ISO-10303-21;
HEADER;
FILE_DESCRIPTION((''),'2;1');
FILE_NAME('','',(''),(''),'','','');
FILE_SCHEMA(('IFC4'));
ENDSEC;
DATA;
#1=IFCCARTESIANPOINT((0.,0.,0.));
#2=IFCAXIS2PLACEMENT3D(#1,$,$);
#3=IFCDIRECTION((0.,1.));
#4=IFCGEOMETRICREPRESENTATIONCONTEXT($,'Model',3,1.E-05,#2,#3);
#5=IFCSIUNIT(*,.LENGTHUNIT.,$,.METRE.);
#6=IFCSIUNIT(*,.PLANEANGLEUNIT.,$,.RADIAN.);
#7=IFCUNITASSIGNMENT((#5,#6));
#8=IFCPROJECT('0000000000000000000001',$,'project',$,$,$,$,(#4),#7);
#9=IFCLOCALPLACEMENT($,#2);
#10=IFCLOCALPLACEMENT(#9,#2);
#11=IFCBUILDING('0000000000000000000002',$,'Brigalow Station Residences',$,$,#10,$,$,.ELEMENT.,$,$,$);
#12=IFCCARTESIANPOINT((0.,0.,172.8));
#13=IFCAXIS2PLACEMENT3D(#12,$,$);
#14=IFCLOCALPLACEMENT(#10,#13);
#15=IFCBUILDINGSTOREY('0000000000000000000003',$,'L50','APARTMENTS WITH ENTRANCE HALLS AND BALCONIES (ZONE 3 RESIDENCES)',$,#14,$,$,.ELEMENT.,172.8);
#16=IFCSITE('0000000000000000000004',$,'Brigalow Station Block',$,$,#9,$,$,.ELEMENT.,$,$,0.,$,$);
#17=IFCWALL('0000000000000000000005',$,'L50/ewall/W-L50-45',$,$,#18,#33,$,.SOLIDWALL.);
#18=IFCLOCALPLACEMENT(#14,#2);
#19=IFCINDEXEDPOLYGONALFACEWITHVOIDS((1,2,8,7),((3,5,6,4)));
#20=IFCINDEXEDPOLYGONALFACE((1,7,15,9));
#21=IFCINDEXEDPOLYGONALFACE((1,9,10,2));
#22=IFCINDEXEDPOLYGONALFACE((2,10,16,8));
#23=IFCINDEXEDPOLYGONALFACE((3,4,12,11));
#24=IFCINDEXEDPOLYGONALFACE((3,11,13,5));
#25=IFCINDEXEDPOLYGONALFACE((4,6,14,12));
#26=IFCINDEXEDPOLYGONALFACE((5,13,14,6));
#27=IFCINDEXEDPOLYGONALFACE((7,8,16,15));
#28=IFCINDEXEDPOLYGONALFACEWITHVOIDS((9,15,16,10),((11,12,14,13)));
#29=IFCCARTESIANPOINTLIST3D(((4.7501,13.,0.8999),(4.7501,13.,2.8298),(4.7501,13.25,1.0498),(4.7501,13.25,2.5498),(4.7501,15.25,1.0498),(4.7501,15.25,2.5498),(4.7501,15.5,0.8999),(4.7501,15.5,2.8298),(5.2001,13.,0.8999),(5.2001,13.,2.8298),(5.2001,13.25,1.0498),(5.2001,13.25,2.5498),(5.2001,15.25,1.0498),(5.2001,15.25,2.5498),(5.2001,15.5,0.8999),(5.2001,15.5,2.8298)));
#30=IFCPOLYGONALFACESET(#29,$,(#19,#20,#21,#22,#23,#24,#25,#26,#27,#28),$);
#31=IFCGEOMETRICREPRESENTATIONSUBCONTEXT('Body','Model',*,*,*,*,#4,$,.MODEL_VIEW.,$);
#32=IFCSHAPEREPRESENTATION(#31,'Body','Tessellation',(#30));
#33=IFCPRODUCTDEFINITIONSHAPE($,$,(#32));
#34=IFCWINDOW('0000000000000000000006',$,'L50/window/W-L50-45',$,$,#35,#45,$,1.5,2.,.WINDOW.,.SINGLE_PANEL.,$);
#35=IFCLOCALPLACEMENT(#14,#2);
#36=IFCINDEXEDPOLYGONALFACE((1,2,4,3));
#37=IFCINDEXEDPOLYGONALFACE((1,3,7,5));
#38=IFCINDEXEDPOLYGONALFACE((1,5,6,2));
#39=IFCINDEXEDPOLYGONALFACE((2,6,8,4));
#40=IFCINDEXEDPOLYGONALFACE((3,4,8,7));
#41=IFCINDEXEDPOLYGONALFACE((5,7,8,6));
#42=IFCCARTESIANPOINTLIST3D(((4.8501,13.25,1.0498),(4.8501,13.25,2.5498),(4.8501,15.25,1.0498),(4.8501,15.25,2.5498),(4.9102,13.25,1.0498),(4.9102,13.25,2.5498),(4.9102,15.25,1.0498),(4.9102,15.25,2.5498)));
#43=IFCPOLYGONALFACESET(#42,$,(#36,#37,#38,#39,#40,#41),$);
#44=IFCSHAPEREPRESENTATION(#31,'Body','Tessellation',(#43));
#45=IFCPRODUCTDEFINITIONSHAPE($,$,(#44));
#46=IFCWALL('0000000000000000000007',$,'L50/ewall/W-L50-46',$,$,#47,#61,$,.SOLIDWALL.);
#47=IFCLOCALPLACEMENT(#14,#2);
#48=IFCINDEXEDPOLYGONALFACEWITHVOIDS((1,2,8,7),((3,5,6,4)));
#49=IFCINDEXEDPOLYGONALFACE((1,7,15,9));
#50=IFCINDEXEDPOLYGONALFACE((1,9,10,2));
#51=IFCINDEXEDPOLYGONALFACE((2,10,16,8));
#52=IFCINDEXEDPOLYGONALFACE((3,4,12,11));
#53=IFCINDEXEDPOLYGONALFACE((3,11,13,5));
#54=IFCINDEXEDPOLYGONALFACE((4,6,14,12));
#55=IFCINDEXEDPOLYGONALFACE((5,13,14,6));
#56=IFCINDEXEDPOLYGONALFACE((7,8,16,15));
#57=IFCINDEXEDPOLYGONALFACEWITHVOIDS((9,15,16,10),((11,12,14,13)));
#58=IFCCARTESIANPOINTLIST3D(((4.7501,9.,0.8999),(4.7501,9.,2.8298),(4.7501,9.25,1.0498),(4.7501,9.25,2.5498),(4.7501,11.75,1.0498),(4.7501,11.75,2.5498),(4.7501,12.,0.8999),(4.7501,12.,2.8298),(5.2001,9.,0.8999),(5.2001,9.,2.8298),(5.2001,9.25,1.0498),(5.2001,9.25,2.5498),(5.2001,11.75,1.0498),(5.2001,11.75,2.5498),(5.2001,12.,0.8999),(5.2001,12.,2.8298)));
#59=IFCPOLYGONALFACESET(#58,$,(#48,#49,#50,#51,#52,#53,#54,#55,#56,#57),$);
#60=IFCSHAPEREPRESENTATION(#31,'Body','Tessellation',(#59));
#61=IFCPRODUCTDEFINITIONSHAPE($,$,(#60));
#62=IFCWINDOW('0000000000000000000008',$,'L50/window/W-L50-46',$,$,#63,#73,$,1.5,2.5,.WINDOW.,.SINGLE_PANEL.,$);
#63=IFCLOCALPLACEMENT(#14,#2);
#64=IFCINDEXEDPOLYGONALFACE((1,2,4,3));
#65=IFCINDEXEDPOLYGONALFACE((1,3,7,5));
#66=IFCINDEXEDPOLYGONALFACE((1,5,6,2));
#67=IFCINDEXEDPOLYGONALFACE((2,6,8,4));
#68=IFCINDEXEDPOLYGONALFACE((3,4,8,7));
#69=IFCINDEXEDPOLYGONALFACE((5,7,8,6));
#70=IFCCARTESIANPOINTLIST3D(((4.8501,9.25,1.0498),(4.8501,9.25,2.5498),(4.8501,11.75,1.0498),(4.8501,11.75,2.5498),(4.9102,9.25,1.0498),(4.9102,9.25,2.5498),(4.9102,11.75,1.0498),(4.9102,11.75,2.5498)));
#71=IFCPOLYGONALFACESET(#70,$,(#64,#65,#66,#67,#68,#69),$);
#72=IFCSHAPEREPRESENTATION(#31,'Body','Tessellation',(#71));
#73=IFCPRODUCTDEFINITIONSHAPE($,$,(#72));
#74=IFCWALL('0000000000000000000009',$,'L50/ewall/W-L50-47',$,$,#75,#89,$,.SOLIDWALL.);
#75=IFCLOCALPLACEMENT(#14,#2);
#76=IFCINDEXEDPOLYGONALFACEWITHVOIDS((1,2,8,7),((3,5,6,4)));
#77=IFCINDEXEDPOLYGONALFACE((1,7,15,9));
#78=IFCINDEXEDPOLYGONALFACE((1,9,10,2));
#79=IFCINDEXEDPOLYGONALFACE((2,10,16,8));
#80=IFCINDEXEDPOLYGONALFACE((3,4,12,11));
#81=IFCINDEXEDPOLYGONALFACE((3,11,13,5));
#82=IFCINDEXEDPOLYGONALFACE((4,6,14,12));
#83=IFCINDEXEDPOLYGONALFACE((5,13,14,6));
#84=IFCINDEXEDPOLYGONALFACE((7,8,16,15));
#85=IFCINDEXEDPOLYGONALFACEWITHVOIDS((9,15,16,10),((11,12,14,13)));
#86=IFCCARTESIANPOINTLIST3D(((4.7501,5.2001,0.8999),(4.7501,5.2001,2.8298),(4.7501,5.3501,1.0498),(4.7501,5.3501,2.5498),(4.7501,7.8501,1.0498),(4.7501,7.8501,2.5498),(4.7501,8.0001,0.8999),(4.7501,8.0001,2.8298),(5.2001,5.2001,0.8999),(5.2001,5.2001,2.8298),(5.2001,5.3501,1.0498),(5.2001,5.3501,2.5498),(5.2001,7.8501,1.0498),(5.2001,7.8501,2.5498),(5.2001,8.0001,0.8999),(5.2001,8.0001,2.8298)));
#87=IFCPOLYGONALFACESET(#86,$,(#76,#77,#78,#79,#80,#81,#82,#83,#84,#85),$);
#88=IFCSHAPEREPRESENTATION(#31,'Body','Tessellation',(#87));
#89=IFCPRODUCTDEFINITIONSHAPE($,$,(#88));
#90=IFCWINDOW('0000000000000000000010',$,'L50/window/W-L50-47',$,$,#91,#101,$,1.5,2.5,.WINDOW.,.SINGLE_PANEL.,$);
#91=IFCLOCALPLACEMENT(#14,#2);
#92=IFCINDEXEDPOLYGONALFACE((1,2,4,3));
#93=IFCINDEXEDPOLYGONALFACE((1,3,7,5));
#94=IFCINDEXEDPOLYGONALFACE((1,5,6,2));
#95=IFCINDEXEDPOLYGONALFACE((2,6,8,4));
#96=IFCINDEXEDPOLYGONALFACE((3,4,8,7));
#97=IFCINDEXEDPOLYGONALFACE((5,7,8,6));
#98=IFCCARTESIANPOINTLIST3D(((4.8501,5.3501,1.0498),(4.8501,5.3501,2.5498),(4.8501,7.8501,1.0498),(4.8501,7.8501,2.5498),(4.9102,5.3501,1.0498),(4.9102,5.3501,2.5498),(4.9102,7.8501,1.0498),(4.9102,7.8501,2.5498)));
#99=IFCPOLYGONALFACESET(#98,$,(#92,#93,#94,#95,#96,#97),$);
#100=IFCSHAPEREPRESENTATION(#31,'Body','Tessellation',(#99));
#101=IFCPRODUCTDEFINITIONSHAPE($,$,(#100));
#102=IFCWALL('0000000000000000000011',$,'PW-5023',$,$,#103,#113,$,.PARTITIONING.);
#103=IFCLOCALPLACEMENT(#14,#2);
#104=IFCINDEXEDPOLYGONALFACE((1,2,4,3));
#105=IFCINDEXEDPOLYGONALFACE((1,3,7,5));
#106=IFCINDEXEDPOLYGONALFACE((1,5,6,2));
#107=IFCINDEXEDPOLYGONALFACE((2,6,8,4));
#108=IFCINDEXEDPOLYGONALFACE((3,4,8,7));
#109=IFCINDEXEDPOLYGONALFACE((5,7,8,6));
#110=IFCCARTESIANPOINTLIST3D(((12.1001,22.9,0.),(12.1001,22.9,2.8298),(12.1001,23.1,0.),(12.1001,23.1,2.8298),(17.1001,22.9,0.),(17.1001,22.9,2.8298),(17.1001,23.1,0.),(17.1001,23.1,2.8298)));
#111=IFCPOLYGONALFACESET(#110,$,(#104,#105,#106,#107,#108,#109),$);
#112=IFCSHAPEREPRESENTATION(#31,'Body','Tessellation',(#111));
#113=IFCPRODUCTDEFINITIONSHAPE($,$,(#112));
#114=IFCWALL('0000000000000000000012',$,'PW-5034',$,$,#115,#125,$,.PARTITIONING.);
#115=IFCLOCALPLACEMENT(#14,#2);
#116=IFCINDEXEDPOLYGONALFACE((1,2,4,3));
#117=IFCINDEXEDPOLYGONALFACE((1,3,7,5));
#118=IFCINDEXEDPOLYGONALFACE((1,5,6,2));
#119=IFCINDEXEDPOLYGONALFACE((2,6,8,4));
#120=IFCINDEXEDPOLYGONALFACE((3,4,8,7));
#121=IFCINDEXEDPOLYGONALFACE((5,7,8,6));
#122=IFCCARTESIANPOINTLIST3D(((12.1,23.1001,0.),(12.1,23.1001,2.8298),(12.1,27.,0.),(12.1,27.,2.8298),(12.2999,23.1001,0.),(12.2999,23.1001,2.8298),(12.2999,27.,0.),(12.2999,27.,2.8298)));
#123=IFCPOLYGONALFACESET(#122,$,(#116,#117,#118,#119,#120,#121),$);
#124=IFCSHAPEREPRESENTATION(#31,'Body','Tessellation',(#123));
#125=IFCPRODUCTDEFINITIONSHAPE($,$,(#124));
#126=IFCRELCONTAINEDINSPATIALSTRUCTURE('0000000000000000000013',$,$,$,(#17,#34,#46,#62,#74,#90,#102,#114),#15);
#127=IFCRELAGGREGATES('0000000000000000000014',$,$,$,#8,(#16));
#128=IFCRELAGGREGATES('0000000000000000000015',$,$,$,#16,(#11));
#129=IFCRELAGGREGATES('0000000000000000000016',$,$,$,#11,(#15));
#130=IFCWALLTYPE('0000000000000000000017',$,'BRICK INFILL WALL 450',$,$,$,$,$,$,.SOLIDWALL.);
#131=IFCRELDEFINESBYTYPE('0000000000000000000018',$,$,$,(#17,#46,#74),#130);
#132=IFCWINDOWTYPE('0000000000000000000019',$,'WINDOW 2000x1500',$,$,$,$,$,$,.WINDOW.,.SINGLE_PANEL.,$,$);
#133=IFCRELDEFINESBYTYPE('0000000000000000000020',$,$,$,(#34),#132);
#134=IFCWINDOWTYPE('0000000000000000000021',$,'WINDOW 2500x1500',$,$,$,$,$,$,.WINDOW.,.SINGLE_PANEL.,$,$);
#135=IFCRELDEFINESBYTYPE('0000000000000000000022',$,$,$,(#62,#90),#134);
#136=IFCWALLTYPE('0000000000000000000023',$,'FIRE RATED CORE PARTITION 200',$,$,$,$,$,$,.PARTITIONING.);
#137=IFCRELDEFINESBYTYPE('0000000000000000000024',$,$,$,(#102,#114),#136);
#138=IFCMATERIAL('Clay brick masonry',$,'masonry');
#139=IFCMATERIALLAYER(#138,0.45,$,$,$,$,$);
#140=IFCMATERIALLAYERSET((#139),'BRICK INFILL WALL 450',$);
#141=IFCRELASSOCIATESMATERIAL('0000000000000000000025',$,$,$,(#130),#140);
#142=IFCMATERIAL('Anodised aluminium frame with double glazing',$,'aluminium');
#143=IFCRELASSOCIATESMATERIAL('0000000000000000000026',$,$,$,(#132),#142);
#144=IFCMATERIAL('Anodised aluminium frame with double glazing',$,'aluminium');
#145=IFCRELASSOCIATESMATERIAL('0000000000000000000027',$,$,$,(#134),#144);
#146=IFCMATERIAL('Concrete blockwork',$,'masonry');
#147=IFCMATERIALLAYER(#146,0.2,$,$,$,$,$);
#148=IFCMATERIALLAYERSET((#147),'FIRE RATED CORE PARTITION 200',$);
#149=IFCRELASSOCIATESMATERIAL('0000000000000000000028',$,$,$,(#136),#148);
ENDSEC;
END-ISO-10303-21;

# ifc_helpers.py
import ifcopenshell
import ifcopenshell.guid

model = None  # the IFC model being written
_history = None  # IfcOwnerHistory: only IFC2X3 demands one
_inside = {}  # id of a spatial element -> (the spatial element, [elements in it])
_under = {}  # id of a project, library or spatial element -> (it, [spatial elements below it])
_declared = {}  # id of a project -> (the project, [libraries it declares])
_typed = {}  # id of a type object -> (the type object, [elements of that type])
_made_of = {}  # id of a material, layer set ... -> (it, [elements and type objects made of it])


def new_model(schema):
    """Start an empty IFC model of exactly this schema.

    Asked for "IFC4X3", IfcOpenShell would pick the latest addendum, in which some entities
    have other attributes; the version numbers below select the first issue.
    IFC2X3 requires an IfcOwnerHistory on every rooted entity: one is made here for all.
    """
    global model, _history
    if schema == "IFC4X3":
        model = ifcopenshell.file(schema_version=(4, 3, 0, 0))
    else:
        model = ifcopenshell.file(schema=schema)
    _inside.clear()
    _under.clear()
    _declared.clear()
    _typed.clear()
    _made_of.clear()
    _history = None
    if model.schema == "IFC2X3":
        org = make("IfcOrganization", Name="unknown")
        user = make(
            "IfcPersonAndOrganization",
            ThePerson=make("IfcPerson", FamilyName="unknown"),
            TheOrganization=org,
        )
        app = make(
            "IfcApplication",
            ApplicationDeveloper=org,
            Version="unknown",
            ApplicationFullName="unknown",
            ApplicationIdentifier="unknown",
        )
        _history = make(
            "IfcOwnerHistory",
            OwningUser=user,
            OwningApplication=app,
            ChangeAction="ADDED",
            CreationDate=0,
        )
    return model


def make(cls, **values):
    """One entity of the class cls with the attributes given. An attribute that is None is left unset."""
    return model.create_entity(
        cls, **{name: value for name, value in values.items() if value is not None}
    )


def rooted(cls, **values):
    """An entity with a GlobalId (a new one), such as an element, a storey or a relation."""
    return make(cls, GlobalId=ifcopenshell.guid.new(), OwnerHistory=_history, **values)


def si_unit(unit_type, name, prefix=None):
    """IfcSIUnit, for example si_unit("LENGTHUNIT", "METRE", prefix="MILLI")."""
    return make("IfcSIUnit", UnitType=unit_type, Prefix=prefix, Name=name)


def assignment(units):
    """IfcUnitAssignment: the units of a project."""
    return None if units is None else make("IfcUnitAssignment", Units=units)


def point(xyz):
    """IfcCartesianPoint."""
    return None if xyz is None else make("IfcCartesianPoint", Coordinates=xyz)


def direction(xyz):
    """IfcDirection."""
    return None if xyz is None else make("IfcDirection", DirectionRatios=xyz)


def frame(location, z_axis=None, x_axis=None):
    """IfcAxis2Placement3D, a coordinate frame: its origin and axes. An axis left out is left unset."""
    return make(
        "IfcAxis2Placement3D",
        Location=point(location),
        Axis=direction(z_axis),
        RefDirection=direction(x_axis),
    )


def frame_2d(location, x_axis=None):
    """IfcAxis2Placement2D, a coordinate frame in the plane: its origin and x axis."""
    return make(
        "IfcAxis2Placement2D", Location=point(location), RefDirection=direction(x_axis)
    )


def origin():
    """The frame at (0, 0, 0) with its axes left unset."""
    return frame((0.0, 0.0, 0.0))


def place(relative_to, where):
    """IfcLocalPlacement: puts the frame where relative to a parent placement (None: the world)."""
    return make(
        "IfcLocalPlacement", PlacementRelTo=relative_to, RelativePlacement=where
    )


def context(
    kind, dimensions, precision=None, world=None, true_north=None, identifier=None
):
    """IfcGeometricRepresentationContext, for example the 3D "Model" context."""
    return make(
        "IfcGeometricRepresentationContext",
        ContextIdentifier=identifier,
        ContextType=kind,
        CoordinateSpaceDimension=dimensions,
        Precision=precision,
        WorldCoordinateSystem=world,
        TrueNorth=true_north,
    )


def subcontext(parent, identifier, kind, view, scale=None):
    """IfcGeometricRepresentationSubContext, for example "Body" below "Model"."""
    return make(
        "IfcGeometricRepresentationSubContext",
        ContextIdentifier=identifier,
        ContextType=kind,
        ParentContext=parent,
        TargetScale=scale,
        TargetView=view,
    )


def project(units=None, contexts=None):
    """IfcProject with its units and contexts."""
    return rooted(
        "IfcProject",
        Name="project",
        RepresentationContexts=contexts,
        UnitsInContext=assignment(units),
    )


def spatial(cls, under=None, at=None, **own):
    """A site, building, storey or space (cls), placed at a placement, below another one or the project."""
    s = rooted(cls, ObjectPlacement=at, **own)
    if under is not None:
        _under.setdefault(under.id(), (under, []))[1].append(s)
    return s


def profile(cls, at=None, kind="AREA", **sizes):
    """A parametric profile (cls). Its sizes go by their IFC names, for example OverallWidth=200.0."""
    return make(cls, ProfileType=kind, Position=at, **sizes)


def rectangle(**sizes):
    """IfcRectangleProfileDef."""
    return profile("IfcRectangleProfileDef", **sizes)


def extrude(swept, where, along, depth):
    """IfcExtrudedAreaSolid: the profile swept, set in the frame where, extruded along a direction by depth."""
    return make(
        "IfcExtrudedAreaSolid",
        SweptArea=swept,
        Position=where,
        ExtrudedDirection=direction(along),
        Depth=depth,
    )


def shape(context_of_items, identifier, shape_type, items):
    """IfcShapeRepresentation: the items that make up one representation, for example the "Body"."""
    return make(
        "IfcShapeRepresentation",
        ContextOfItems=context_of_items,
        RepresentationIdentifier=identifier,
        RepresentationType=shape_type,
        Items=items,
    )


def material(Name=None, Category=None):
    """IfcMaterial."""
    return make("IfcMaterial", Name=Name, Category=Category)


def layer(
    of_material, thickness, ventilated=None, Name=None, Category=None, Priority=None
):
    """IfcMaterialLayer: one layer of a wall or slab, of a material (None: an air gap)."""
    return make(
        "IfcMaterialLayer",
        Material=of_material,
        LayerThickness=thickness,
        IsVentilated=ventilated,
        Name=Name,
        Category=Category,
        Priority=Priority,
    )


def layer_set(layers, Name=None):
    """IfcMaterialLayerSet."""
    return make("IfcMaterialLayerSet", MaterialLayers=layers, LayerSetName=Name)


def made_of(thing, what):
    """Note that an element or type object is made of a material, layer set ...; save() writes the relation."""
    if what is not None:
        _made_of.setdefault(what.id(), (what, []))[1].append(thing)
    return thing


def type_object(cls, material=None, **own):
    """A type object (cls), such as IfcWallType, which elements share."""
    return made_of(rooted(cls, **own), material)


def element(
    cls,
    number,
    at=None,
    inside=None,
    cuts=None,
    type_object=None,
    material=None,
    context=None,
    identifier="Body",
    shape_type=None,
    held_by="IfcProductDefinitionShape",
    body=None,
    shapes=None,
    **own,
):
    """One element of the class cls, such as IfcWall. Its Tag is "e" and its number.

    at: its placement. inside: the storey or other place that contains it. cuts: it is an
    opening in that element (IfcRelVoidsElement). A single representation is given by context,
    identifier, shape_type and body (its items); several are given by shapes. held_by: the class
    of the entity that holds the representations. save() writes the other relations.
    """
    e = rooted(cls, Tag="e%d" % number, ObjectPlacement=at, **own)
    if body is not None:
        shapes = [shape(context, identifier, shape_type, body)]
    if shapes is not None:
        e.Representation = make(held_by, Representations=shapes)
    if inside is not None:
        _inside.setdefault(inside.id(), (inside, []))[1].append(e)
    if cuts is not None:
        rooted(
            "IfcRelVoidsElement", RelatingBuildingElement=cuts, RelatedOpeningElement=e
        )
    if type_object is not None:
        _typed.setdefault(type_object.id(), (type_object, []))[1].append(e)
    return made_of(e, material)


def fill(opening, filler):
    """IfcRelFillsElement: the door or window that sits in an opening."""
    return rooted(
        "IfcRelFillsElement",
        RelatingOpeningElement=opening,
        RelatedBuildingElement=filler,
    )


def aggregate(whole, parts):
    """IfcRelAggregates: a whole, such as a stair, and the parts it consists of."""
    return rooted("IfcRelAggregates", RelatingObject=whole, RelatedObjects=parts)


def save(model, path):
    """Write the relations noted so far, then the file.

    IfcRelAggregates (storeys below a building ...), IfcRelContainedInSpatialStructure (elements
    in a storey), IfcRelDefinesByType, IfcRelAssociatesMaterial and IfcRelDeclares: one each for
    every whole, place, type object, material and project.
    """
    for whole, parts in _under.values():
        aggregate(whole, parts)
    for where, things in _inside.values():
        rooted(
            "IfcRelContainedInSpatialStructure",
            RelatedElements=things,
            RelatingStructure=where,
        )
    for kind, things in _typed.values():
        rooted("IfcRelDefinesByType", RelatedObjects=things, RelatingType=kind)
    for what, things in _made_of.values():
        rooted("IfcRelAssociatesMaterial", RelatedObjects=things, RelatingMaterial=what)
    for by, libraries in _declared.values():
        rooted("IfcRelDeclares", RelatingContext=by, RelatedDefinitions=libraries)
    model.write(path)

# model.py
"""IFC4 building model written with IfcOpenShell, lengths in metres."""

from ifc_helpers import new_model, si_unit, direction, frame, frame_2d, origin, place, context, subcontext, project, spatial, rectangle, extrude, material, layer, layer_set, type_object, element, fill, save


model = new_model("IFC4")

# Units and contexts
model_context = context("Model", 3, precision=1e-05, world=origin(), true_north=direction((0.0, 1.0)))
body_context = subcontext(model_context, "Body", "Model", "MODEL_VIEW")
ifc_project = project(units=[si_unit("LENGTHUNIT", "METRE"), si_unit("PLANEANGLEUNIT", "RADIAN")], contexts=[model_context])

# Site, building, storey
site_placement = place(None, origin())
site = spatial("IfcSite", under=ifc_project, at=site_placement, Name="Brigalow Station Block", CompositionType="ELEMENT", RefElevation=0.0)
building_placement = place(site_placement, origin())
building = spatial("IfcBuilding", under=site, at=building_placement, Name="Brigalow Station Residences", CompositionType="ELEMENT")
storey_placement = place(building_placement, frame((0.0, 0.0, 172.8)))
storey = spatial("IfcBuildingStorey", under=building, at=storey_placement, Name="L50", Description="APARTMENTS WITH ENTRANCE HALLS AND BALCONIES (ZONE 3 RESIDENCES)", CompositionType="ELEMENT", Elevation=172.8)

# Shared definitions
ifc_material_1 = material(Name="Clay brick masonry", Category="masonry")
ifc_layer_1 = layer(ifc_material_1, 0.45)
ifc_layer_set_1 = layer_set([ifc_layer_1], Name="BRICK INFILL WALL 450")
wall_type_1 = type_object("IfcWallType", Name="BRICK INFILL WALL 450", PredefinedType="SOLIDWALL", material=ifc_layer_set_1)

# Walls, openings, windows
wall_1_placement = place(storey_placement, frame((4.9751, 15.5, 0.8999), z_axis=(0.0, 0.0, 1.0), x_axis=(0.0, -1.0, 0.0)))
wall_1 = element("IfcWall", 1, at=wall_1_placement, inside=storey, type_object=wall_type_1, Name="L50/ewall/W-L50-45", PredefinedType="SOLIDWALL", context=body_context, shape_type="SweptSolid", body=[
    extrude(rectangle(XDim=2.5, YDim=0.45, at=frame_2d((1.25, 0.0))), origin(), (0.0, 0.0, 1.0), 1.9299),
])
opening_1_placement = place(wall_1_placement, frame((0.25, 0.0, 0.1499)))
opening_1 = element("IfcOpeningElement", 2, at=opening_1_placement, cuts=wall_1, PredefinedType="OPENING", context=body_context, shape_type="SweptSolid", body=[
    extrude(rectangle(XDim=2.0, YDim=1.5, at=frame_2d((1.0, 0.75))), frame((0.0, 0.2349, 0.0), z_axis=(0.0, -1.0, 0.0), x_axis=(1.0, 0.0, 0.0)), (0.0, 0.0, 1.0), 0.47),
])
ifc_material_2 = material(Name="Anodised aluminium frame with double glazing", Category="aluminium")
window_type_1 = type_object("IfcWindowType", Name="WINDOW 2000x1500", PartitioningType="SINGLE_PANEL", PredefinedType="WINDOW", material=ifc_material_2)
window_1_placement = place(opening_1_placement, origin())
window_1 = element("IfcWindow", 3, at=window_1_placement, inside=storey, type_object=window_type_1, Name="L50/window/W-L50-45", OverallHeight=1.5, OverallWidth=2.0, PartitioningType="SINGLE_PANEL", PredefinedType="WINDOW", context=body_context, shape_type="SweptSolid", body=[
    extrude(rectangle(XDim=2.0, YDim=1.5, at=frame_2d((1.0, 0.75))), frame((0.0, -0.0649, 0.0), z_axis=(0.0, -1.0, 0.0), x_axis=(1.0, 0.0, 0.0)), (0.0, 0.0, 1.0), 0.0601),
])
fill(opening_1, window_1)
wall_2_placement = place(storey_placement, frame((4.9751, 12.0, 0.8999), z_axis=(0.0, 0.0, 1.0), x_axis=(0.0, -1.0, 0.0)))
wall_2 = element("IfcWall", 4, at=wall_2_placement, inside=storey, type_object=wall_type_1, Name="L50/ewall/W-L50-46", PredefinedType="SOLIDWALL", context=body_context, shape_type="SweptSolid", body=[
    extrude(rectangle(XDim=3.0, YDim=0.45, at=frame_2d((1.5, 0.0))), origin(), (0.0, 0.0, 1.0), 1.9299),
])
opening_2_placement = place(wall_2_placement, frame((0.25, 0.0, 0.1499)))
opening_2 = element("IfcOpeningElement", 5, at=opening_2_placement, cuts=wall_2, PredefinedType="OPENING", context=body_context, shape_type="SweptSolid", body=[
    extrude(rectangle(XDim=2.5, YDim=1.5, at=frame_2d((1.25, 0.75))), frame((0.0, 0.2349, 0.0), z_axis=(0.0, -1.0, 0.0), x_axis=(1.0, 0.0, 0.0)), (0.0, 0.0, 1.0), 0.47),
])
ifc_material_3 = material(Name="Anodised aluminium frame with double glazing", Category="aluminium")
window_type_2 = type_object("IfcWindowType", Name="WINDOW 2500x1500", PartitioningType="SINGLE_PANEL", PredefinedType="WINDOW", material=ifc_material_3)
window_2_placement = place(opening_2_placement, origin())
window_2 = element("IfcWindow", 6, at=window_2_placement, inside=storey, type_object=window_type_2, Name="L50/window/W-L50-46", OverallHeight=1.5, OverallWidth=2.5, PartitioningType="SINGLE_PANEL", PredefinedType="WINDOW", context=body_context, shape_type="SweptSolid", body=[
    extrude(rectangle(XDim=2.5, YDim=1.5, at=frame_2d((1.25, 0.75))), frame((0.0, -0.0649, 0.0), z_axis=(0.0, -1.0, 0.0), x_axis=(1.0, 0.0, 0.0)), (0.0, 0.0, 1.0), 0.0601),
])
fill(opening_2, window_2)
wall_3_placement = place(storey_placement, frame((4.9751, 8.0, 0.8999), z_axis=(0.0, 0.0, 1.0), x_axis=(0.0, -1.0, 0.0)))
wall_3 = element("IfcWall", 7, at=wall_3_placement, inside=storey, type_object=wall_type_1, Name="L50/ewall/W-L50-47", PredefinedType="SOLIDWALL", context=body_context, shape_type="SweptSolid", body=[
    extrude(rectangle(XDim=2.8, YDim=0.45, at=frame_2d((1.3999, 0.0))), origin(), (0.0, 0.0, 1.0), 1.9299),
])
opening_3_placement = place(wall_3_placement, frame((0.1499, 0.0, 0.1499)))
opening_3 = element("IfcOpeningElement", 8, at=opening_3_placement, cuts=wall_3, PredefinedType="OPENING", context=body_context, shape_type="SweptSolid", body=[
    extrude(rectangle(XDim=2.5, YDim=1.5, at=frame_2d((1.25, 0.75))), frame((0.0, 0.2349, 0.0), z_axis=(0.0, -1.0, 0.0), x_axis=(1.0, 0.0, 0.0)), (0.0, 0.0, 1.0), 0.47),
])
window_3_placement = place(opening_3_placement, origin())
window_3 = element("IfcWindow", 9, at=window_3_placement, inside=storey, type_object=window_type_2, Name="L50/window/W-L50-47", OverallHeight=1.5, OverallWidth=2.5, PartitioningType="SINGLE_PANEL", PredefinedType="WINDOW", context=body_context, shape_type="SweptSolid", body=[
    extrude(rectangle(XDim=2.5, YDim=1.5, at=frame_2d((1.25, 0.75))), frame((0.0, -0.0649, 0.0), z_axis=(0.0, -1.0, 0.0), x_axis=(1.0, 0.0, 0.0)), (0.0, 0.0, 1.0), 0.0601),
])
fill(opening_3, window_3)

# Walls
ifc_material_4 = material(Name="Concrete blockwork", Category="masonry")
ifc_layer_2 = layer(ifc_material_4, 0.2)
ifc_layer_set_2 = layer_set([ifc_layer_2], Name="FIRE RATED CORE PARTITION 200")
wall_type_2 = type_object("IfcWallType", Name="FIRE RATED CORE PARTITION 200", PredefinedType="PARTITIONING", material=ifc_layer_set_2)
wall_4_placement = place(storey_placement, frame((12.1001, 23.0, 0.0), z_axis=(0.0, 0.0, 1.0), x_axis=(1.0, 0.0, 0.0)))
element("IfcWall", 10, at=wall_4_placement, inside=storey, type_object=wall_type_2, Name="PW-5023", PredefinedType="PARTITIONING", context=body_context, shape_type="SweptSolid", body=[
    extrude(rectangle(XDim=5.0, YDim=0.2, at=frame_2d((2.5, 0.0))), origin(), (0.0, 0.0, 1.0), 2.8298),
])
wall_5_placement = place(storey_placement, frame((12.2, 23.1001, 0.0), z_axis=(0.0, 0.0, 1.0), x_axis=(0.0, 1.0, 0.0)))
element("IfcWall", 11, at=wall_5_placement, inside=storey, type_object=wall_type_2, Name="PW-5034", PredefinedType="PARTITIONING", context=body_context, shape_type="SweptSolid", body=[
    extrude(rectangle(XDim=3.8999, YDim=0.2, at=frame_2d((1.95, 0.0))), origin(), (0.0, 0.0, 1.0), 2.8298),
])

save(model, "model.ifc")
